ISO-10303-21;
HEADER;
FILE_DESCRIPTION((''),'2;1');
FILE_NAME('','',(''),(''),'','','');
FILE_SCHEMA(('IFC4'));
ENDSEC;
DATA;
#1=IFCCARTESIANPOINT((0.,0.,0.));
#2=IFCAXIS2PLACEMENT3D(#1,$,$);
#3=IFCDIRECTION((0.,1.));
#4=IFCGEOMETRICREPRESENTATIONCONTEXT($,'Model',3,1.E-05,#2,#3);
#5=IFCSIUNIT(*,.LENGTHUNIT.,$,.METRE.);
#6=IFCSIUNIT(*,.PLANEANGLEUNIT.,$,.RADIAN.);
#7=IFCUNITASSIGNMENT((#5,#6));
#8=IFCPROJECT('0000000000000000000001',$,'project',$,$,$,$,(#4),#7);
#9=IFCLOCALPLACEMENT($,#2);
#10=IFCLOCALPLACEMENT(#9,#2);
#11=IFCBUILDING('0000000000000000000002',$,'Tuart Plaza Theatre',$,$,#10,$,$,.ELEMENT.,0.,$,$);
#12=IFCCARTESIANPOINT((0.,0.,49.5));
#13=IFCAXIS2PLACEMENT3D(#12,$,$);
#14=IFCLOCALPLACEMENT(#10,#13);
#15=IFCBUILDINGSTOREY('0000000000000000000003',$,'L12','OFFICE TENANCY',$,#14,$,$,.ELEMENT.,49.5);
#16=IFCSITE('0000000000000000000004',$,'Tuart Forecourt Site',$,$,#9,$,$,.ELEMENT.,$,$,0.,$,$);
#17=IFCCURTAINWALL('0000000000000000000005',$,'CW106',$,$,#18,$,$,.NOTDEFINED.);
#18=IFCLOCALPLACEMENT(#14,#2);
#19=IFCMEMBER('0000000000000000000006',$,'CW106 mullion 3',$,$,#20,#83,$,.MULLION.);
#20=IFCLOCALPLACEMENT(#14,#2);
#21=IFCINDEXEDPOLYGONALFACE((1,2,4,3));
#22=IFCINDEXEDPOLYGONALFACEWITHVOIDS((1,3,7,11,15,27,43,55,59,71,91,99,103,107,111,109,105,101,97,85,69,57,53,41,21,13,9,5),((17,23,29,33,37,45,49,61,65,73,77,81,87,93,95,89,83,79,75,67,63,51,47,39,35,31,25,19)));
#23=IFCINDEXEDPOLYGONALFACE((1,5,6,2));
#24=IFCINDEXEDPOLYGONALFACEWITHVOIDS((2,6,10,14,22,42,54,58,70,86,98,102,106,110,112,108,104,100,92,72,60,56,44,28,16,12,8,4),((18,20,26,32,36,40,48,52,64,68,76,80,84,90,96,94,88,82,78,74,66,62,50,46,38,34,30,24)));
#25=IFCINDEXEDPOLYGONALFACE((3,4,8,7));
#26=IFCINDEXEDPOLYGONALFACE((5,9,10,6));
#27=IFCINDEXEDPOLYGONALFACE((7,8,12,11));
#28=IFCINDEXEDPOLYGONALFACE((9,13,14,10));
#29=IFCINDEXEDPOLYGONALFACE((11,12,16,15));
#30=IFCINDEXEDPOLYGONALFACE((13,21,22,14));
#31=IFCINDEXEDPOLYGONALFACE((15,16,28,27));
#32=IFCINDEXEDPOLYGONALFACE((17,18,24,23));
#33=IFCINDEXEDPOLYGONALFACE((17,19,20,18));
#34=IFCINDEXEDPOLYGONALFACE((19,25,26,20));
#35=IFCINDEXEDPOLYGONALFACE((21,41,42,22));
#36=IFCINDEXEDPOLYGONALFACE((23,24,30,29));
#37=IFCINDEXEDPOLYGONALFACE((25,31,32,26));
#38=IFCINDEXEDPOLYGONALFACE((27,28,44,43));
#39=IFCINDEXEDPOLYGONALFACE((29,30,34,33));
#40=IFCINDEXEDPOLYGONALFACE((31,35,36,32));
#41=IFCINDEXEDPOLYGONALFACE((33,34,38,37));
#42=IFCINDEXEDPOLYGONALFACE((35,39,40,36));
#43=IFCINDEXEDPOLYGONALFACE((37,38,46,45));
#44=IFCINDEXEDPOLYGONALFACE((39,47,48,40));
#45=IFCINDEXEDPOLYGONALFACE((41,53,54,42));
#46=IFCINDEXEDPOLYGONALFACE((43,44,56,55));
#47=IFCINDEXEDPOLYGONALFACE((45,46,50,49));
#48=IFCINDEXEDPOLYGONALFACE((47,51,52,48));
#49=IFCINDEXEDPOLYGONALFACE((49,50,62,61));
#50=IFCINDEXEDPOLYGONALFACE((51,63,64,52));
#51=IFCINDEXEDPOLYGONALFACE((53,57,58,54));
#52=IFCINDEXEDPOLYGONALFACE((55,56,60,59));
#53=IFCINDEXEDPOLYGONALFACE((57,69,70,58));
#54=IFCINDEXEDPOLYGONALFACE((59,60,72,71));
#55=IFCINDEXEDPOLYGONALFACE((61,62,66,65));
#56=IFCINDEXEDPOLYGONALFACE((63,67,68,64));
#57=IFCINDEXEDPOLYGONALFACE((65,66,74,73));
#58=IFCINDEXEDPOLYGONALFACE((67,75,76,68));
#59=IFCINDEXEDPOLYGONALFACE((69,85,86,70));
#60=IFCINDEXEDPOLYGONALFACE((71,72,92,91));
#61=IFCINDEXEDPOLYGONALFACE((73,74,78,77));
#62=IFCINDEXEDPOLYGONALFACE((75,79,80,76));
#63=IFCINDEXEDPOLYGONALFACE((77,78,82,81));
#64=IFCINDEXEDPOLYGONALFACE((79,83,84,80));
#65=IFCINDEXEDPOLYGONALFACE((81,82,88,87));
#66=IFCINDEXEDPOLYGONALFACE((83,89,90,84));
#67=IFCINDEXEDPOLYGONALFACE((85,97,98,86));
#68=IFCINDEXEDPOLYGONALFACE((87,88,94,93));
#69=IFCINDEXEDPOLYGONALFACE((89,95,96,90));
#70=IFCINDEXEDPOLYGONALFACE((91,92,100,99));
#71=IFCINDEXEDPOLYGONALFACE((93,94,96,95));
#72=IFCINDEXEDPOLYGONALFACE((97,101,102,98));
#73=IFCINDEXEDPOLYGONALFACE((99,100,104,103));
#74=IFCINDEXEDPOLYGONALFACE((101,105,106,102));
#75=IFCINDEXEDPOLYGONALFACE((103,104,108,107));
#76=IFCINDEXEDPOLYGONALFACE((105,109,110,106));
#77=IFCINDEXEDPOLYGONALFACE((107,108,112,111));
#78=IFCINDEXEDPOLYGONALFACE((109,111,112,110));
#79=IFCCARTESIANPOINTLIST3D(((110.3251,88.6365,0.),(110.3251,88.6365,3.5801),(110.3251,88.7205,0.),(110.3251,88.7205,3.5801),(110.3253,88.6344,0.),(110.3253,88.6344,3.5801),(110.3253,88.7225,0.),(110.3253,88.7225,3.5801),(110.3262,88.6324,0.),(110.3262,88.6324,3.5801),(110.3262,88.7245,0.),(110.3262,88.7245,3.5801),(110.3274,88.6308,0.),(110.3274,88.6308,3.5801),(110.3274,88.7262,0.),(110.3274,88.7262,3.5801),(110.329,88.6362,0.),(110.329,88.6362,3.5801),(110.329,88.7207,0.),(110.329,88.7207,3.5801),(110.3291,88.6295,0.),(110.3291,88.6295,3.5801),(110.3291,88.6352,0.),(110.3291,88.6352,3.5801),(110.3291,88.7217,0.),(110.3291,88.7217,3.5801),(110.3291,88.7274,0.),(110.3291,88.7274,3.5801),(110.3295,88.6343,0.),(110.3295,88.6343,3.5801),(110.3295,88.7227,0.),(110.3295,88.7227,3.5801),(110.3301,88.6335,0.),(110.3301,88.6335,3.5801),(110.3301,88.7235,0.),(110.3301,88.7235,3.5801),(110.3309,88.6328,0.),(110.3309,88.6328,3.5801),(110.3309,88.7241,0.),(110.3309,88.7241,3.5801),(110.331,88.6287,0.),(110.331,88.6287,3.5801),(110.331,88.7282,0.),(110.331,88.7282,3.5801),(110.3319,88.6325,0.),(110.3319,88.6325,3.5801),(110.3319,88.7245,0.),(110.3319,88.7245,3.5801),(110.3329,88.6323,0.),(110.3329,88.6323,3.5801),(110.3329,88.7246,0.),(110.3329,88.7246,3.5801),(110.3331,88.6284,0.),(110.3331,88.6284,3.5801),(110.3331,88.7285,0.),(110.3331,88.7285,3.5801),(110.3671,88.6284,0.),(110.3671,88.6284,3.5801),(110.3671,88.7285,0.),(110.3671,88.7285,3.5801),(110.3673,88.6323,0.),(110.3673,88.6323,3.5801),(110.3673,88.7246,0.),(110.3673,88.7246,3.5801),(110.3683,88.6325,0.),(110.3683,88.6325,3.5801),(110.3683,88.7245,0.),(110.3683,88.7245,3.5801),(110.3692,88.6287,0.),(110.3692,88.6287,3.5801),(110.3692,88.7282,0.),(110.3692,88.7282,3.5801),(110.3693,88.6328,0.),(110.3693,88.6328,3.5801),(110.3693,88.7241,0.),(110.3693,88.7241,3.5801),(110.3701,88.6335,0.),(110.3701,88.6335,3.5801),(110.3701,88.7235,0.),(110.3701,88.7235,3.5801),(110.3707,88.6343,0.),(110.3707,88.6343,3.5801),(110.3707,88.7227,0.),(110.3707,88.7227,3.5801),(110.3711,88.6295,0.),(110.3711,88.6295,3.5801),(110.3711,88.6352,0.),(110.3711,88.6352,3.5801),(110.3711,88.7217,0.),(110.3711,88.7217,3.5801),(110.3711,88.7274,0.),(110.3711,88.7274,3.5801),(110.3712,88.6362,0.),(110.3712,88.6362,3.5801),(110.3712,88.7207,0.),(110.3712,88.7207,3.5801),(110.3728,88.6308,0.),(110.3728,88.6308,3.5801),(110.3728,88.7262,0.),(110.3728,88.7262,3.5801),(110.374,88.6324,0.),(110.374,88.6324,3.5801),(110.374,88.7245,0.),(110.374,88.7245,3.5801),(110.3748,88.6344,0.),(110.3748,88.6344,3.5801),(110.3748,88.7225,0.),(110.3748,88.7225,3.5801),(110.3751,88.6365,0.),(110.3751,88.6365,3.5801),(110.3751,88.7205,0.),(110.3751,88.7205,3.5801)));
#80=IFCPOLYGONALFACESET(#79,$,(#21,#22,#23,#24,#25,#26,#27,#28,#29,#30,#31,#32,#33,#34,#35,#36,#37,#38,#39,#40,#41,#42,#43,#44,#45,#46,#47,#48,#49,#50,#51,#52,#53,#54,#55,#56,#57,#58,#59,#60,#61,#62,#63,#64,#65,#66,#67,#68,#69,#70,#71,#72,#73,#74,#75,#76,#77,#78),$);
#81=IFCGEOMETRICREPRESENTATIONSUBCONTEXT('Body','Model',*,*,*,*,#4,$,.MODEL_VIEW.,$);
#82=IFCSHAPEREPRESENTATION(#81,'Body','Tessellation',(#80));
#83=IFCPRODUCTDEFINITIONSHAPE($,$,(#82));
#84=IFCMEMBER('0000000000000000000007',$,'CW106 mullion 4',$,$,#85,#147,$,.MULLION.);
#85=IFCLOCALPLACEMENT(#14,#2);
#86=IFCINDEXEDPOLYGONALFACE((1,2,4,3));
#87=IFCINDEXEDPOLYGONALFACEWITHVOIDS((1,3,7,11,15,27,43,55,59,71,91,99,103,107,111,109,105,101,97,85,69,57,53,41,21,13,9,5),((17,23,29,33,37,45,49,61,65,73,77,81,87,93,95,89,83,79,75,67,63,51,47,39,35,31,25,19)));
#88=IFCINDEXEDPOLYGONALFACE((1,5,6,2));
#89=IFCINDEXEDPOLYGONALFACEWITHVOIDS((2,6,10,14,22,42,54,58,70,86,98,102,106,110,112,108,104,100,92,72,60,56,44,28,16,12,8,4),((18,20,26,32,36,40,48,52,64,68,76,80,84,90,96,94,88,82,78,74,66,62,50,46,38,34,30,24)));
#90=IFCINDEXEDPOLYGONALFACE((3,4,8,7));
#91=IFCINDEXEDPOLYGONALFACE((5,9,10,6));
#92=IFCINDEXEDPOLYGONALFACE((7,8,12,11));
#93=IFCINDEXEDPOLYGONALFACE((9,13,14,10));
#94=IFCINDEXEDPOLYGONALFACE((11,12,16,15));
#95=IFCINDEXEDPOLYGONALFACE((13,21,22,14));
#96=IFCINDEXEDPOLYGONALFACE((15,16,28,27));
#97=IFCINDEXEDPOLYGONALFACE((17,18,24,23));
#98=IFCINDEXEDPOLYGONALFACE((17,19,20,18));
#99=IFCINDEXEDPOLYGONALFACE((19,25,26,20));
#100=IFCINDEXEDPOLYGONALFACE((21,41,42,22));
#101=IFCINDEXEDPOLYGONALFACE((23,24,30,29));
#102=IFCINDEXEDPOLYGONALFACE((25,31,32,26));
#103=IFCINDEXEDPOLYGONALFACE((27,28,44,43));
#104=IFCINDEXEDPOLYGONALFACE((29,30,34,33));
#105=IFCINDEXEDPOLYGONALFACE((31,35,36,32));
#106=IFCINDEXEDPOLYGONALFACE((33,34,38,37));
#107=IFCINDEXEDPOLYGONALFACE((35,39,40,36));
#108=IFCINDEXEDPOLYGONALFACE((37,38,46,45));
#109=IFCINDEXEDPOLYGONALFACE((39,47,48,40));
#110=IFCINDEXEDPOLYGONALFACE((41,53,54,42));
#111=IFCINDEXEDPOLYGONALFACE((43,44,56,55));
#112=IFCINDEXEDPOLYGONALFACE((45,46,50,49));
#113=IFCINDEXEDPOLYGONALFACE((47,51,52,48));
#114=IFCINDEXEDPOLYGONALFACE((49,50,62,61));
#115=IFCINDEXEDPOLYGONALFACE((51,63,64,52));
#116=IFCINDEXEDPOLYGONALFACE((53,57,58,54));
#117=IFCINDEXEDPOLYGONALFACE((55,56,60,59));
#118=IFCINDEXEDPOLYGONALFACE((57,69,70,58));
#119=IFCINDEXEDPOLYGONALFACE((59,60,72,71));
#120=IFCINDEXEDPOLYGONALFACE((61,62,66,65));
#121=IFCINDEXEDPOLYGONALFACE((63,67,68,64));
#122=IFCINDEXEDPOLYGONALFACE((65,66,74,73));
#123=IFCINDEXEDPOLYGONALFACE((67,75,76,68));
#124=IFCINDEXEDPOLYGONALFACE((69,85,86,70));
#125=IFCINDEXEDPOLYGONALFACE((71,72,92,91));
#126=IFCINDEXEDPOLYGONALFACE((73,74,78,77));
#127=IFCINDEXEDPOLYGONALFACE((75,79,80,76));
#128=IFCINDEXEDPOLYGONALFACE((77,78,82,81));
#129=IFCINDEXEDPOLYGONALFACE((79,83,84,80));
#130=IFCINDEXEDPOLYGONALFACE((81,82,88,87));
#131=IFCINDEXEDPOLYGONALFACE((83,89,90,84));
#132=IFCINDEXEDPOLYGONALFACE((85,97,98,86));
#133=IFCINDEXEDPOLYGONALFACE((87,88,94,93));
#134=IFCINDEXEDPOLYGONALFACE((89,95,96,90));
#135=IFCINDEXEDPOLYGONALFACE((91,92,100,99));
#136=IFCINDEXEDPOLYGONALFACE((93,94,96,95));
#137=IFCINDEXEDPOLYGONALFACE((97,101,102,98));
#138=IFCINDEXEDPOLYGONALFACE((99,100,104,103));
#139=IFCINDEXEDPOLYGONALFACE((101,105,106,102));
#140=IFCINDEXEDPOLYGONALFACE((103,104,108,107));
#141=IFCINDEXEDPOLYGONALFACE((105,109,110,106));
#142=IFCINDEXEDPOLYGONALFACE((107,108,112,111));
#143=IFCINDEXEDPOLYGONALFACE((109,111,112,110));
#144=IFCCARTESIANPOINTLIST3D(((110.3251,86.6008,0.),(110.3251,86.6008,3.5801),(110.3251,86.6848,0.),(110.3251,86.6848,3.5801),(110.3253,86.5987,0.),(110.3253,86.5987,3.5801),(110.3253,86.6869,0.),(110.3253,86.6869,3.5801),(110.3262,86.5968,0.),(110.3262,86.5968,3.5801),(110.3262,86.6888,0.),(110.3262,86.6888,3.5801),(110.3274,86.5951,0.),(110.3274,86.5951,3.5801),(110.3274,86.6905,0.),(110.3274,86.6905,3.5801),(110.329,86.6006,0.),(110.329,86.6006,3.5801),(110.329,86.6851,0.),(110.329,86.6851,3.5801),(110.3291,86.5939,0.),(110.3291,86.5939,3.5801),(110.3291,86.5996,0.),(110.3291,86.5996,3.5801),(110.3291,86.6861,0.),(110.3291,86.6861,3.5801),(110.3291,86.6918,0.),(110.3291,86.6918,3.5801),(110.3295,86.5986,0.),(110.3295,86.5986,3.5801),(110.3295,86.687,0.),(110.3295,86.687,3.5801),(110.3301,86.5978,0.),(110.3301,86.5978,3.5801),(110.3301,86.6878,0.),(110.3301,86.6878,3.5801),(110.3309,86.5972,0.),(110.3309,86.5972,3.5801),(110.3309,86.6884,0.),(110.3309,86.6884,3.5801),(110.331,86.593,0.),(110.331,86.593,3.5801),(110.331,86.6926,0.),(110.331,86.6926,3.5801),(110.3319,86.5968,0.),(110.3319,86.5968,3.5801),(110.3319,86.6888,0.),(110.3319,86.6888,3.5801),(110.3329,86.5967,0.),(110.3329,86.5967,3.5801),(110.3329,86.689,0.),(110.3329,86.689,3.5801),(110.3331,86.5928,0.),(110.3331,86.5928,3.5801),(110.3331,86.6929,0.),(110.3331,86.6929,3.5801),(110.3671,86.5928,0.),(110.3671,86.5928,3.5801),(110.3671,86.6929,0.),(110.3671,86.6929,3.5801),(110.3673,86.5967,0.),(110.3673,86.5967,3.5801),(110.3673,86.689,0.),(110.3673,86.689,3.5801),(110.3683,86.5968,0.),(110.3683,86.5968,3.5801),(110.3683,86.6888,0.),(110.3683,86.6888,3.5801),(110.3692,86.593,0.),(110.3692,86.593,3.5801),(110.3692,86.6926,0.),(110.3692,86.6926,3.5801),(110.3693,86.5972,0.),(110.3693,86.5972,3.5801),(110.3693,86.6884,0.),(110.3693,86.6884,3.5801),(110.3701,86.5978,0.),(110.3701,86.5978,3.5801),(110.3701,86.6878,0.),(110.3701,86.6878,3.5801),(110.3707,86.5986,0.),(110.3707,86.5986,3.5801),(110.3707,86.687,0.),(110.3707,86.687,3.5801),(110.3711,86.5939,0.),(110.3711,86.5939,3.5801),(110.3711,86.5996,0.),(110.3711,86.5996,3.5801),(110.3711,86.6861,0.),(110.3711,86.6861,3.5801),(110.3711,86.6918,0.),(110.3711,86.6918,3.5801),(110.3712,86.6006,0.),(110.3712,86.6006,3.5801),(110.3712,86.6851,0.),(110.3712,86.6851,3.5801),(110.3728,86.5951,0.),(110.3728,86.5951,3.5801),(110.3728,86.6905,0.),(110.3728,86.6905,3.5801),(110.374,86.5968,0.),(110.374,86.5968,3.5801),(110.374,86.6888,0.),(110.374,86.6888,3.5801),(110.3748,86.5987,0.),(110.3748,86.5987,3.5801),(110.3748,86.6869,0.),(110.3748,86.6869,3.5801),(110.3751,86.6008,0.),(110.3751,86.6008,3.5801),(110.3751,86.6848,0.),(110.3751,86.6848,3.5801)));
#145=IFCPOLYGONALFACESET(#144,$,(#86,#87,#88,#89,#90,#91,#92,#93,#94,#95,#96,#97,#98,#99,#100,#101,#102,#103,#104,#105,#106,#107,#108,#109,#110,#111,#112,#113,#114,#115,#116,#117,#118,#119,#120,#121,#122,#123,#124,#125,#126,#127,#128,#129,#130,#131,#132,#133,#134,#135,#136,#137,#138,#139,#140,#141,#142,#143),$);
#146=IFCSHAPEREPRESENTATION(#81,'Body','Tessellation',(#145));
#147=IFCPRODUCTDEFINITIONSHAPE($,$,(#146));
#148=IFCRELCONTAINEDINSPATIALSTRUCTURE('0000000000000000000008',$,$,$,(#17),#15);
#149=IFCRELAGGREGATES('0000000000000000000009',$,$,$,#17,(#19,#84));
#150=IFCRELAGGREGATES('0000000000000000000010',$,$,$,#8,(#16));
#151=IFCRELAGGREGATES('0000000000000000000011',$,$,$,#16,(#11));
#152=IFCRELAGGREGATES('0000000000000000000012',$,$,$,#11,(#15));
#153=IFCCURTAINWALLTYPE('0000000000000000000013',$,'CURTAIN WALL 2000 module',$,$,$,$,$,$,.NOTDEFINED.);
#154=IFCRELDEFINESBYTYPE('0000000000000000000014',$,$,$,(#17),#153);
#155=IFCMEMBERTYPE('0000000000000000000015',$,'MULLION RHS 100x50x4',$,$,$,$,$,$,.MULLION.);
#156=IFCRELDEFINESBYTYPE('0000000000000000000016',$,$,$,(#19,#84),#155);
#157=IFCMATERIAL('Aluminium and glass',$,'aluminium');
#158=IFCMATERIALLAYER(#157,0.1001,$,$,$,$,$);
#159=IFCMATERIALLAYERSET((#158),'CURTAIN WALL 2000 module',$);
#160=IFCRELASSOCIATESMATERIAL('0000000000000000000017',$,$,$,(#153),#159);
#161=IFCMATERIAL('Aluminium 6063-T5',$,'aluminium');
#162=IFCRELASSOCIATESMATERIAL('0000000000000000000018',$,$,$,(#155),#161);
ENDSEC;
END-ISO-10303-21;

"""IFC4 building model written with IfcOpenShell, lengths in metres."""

from ifc_helpers import new_model, si_unit, direction, frame, origin, origin_2d, place, context, subcontext, project, spatial, hollow_rectangle, extrude, material, layer, layer_set, material_profile, profile_set, type_object, element, aggregate, save


model = new_model("IFC4")

# Units and contexts
model_context = context("Model", 3, precision=1e-05, world=origin(), true_north=direction((0.0, 1.0)))
body_context = subcontext(model_context, "Body", "Model", "MODEL_VIEW")
ifc_project = project(units=[si_unit("LENGTHUNIT", "METRE"), si_unit("PLANEANGLEUNIT", "RADIAN")], contexts=[model_context])

# Site, building, storey
site_placement = place(None, origin())
site = spatial("IfcSite", under=ifc_project, at=site_placement, Name="Tuart Forecourt Site", CompositionType="ELEMENT", RefElevation=0.0)
building_placement = place(site_placement, origin())
building = spatial("IfcBuilding", under=site, at=building_placement, Name="Tuart Plaza Theatre", CompositionType="ELEMENT", ElevationOfRefHeight=0.0)
storey_placement = place(building_placement, frame((0.0, 0.0, 49.5)))
storey = spatial("IfcBuildingStorey", under=building, at=storey_placement, Name="L12", Description="OFFICE TENANCY", CompositionType="ELEMENT", Elevation=49.5)

# Curtain wall, members
ifc_material_1 = material(Name="Aluminium and glass", Category="aluminium")
ifc_layer_1 = layer(ifc_material_1, 0.1001)
ifc_layer_set_1 = layer_set([ifc_layer_1], Name="CURTAIN WALL 2000 module")
curtain_wall_type = type_object("IfcCurtainWallType", Name="CURTAIN WALL 2000 module", PredefinedType="NOTDEFINED", material=ifc_layer_set_1)
curtain_wall_placement = place(storey_placement, origin())
curtain_wall = element("IfcCurtainWall", 1, at=curtain_wall_placement, inside=storey, type_object=curtain_wall_type, Name="CW106", PredefinedType="NOTDEFINED")
ifc_material_2 = material(Name="Aluminium 6063-T5", Category="aluminium")
ifc_material_profile_1 = material_profile(ifc_material_2, hollow_rectangle(XDim=0.05, YDim=0.1001, WallThickness=0.0039, InnerFilletRadius=0.0039, OuterFilletRadius=0.0081, at=origin_2d()), Name="RHS 100x50x4")
ifc_profile_set_1 = profile_set([ifc_material_profile_1], Name="Aluminium 6063-T5")
member_type_1 = type_object("IfcMemberType", Name="MULLION RHS 100x50x4", PredefinedType="MULLION", material=ifc_profile_set_1)
member_1_placement = place(storey_placement, frame((110.3501, 88.6785, 0.0), z_axis=(0.0, 0.0, 1.0), x_axis=(1.0, 0.0, 0.0)))
member_1 = element("IfcMember", 2, at=member_1_placement, type_object=member_type_1, Name="CW106 mullion 3", PredefinedType="MULLION", context=body_context, shape_type="SweptSolid", body=[
    extrude(hollow_rectangle(XDim=0.05, YDim=0.1001, WallThickness=0.0039, InnerFilletRadius=0.0039, OuterFilletRadius=0.0081, at=origin_2d()), origin(), (0.0, 0.0, 1.0), 3.5801),
])
member_2_placement = place(storey_placement, frame((110.3501, 86.6428, 0.0), z_axis=(0.0, 0.0, 1.0), x_axis=(1.0, 0.0, 0.0)))
member_2 = element("IfcMember", 3, at=member_2_placement, type_object=member_type_1, Name="CW106 mullion 4", PredefinedType="MULLION", context=body_context, shape_type="SweptSolid", body=[
    extrude(hollow_rectangle(XDim=0.05, YDim=0.1001, WallThickness=0.0039, InnerFilletRadius=0.0039, OuterFilletRadius=0.0081, at=origin_2d()), origin(), (0.0, 0.0, 1.0), 3.5801),
])
aggregate(curtain_wall, [member_1, member_2])

save(model, "model.ifc")
